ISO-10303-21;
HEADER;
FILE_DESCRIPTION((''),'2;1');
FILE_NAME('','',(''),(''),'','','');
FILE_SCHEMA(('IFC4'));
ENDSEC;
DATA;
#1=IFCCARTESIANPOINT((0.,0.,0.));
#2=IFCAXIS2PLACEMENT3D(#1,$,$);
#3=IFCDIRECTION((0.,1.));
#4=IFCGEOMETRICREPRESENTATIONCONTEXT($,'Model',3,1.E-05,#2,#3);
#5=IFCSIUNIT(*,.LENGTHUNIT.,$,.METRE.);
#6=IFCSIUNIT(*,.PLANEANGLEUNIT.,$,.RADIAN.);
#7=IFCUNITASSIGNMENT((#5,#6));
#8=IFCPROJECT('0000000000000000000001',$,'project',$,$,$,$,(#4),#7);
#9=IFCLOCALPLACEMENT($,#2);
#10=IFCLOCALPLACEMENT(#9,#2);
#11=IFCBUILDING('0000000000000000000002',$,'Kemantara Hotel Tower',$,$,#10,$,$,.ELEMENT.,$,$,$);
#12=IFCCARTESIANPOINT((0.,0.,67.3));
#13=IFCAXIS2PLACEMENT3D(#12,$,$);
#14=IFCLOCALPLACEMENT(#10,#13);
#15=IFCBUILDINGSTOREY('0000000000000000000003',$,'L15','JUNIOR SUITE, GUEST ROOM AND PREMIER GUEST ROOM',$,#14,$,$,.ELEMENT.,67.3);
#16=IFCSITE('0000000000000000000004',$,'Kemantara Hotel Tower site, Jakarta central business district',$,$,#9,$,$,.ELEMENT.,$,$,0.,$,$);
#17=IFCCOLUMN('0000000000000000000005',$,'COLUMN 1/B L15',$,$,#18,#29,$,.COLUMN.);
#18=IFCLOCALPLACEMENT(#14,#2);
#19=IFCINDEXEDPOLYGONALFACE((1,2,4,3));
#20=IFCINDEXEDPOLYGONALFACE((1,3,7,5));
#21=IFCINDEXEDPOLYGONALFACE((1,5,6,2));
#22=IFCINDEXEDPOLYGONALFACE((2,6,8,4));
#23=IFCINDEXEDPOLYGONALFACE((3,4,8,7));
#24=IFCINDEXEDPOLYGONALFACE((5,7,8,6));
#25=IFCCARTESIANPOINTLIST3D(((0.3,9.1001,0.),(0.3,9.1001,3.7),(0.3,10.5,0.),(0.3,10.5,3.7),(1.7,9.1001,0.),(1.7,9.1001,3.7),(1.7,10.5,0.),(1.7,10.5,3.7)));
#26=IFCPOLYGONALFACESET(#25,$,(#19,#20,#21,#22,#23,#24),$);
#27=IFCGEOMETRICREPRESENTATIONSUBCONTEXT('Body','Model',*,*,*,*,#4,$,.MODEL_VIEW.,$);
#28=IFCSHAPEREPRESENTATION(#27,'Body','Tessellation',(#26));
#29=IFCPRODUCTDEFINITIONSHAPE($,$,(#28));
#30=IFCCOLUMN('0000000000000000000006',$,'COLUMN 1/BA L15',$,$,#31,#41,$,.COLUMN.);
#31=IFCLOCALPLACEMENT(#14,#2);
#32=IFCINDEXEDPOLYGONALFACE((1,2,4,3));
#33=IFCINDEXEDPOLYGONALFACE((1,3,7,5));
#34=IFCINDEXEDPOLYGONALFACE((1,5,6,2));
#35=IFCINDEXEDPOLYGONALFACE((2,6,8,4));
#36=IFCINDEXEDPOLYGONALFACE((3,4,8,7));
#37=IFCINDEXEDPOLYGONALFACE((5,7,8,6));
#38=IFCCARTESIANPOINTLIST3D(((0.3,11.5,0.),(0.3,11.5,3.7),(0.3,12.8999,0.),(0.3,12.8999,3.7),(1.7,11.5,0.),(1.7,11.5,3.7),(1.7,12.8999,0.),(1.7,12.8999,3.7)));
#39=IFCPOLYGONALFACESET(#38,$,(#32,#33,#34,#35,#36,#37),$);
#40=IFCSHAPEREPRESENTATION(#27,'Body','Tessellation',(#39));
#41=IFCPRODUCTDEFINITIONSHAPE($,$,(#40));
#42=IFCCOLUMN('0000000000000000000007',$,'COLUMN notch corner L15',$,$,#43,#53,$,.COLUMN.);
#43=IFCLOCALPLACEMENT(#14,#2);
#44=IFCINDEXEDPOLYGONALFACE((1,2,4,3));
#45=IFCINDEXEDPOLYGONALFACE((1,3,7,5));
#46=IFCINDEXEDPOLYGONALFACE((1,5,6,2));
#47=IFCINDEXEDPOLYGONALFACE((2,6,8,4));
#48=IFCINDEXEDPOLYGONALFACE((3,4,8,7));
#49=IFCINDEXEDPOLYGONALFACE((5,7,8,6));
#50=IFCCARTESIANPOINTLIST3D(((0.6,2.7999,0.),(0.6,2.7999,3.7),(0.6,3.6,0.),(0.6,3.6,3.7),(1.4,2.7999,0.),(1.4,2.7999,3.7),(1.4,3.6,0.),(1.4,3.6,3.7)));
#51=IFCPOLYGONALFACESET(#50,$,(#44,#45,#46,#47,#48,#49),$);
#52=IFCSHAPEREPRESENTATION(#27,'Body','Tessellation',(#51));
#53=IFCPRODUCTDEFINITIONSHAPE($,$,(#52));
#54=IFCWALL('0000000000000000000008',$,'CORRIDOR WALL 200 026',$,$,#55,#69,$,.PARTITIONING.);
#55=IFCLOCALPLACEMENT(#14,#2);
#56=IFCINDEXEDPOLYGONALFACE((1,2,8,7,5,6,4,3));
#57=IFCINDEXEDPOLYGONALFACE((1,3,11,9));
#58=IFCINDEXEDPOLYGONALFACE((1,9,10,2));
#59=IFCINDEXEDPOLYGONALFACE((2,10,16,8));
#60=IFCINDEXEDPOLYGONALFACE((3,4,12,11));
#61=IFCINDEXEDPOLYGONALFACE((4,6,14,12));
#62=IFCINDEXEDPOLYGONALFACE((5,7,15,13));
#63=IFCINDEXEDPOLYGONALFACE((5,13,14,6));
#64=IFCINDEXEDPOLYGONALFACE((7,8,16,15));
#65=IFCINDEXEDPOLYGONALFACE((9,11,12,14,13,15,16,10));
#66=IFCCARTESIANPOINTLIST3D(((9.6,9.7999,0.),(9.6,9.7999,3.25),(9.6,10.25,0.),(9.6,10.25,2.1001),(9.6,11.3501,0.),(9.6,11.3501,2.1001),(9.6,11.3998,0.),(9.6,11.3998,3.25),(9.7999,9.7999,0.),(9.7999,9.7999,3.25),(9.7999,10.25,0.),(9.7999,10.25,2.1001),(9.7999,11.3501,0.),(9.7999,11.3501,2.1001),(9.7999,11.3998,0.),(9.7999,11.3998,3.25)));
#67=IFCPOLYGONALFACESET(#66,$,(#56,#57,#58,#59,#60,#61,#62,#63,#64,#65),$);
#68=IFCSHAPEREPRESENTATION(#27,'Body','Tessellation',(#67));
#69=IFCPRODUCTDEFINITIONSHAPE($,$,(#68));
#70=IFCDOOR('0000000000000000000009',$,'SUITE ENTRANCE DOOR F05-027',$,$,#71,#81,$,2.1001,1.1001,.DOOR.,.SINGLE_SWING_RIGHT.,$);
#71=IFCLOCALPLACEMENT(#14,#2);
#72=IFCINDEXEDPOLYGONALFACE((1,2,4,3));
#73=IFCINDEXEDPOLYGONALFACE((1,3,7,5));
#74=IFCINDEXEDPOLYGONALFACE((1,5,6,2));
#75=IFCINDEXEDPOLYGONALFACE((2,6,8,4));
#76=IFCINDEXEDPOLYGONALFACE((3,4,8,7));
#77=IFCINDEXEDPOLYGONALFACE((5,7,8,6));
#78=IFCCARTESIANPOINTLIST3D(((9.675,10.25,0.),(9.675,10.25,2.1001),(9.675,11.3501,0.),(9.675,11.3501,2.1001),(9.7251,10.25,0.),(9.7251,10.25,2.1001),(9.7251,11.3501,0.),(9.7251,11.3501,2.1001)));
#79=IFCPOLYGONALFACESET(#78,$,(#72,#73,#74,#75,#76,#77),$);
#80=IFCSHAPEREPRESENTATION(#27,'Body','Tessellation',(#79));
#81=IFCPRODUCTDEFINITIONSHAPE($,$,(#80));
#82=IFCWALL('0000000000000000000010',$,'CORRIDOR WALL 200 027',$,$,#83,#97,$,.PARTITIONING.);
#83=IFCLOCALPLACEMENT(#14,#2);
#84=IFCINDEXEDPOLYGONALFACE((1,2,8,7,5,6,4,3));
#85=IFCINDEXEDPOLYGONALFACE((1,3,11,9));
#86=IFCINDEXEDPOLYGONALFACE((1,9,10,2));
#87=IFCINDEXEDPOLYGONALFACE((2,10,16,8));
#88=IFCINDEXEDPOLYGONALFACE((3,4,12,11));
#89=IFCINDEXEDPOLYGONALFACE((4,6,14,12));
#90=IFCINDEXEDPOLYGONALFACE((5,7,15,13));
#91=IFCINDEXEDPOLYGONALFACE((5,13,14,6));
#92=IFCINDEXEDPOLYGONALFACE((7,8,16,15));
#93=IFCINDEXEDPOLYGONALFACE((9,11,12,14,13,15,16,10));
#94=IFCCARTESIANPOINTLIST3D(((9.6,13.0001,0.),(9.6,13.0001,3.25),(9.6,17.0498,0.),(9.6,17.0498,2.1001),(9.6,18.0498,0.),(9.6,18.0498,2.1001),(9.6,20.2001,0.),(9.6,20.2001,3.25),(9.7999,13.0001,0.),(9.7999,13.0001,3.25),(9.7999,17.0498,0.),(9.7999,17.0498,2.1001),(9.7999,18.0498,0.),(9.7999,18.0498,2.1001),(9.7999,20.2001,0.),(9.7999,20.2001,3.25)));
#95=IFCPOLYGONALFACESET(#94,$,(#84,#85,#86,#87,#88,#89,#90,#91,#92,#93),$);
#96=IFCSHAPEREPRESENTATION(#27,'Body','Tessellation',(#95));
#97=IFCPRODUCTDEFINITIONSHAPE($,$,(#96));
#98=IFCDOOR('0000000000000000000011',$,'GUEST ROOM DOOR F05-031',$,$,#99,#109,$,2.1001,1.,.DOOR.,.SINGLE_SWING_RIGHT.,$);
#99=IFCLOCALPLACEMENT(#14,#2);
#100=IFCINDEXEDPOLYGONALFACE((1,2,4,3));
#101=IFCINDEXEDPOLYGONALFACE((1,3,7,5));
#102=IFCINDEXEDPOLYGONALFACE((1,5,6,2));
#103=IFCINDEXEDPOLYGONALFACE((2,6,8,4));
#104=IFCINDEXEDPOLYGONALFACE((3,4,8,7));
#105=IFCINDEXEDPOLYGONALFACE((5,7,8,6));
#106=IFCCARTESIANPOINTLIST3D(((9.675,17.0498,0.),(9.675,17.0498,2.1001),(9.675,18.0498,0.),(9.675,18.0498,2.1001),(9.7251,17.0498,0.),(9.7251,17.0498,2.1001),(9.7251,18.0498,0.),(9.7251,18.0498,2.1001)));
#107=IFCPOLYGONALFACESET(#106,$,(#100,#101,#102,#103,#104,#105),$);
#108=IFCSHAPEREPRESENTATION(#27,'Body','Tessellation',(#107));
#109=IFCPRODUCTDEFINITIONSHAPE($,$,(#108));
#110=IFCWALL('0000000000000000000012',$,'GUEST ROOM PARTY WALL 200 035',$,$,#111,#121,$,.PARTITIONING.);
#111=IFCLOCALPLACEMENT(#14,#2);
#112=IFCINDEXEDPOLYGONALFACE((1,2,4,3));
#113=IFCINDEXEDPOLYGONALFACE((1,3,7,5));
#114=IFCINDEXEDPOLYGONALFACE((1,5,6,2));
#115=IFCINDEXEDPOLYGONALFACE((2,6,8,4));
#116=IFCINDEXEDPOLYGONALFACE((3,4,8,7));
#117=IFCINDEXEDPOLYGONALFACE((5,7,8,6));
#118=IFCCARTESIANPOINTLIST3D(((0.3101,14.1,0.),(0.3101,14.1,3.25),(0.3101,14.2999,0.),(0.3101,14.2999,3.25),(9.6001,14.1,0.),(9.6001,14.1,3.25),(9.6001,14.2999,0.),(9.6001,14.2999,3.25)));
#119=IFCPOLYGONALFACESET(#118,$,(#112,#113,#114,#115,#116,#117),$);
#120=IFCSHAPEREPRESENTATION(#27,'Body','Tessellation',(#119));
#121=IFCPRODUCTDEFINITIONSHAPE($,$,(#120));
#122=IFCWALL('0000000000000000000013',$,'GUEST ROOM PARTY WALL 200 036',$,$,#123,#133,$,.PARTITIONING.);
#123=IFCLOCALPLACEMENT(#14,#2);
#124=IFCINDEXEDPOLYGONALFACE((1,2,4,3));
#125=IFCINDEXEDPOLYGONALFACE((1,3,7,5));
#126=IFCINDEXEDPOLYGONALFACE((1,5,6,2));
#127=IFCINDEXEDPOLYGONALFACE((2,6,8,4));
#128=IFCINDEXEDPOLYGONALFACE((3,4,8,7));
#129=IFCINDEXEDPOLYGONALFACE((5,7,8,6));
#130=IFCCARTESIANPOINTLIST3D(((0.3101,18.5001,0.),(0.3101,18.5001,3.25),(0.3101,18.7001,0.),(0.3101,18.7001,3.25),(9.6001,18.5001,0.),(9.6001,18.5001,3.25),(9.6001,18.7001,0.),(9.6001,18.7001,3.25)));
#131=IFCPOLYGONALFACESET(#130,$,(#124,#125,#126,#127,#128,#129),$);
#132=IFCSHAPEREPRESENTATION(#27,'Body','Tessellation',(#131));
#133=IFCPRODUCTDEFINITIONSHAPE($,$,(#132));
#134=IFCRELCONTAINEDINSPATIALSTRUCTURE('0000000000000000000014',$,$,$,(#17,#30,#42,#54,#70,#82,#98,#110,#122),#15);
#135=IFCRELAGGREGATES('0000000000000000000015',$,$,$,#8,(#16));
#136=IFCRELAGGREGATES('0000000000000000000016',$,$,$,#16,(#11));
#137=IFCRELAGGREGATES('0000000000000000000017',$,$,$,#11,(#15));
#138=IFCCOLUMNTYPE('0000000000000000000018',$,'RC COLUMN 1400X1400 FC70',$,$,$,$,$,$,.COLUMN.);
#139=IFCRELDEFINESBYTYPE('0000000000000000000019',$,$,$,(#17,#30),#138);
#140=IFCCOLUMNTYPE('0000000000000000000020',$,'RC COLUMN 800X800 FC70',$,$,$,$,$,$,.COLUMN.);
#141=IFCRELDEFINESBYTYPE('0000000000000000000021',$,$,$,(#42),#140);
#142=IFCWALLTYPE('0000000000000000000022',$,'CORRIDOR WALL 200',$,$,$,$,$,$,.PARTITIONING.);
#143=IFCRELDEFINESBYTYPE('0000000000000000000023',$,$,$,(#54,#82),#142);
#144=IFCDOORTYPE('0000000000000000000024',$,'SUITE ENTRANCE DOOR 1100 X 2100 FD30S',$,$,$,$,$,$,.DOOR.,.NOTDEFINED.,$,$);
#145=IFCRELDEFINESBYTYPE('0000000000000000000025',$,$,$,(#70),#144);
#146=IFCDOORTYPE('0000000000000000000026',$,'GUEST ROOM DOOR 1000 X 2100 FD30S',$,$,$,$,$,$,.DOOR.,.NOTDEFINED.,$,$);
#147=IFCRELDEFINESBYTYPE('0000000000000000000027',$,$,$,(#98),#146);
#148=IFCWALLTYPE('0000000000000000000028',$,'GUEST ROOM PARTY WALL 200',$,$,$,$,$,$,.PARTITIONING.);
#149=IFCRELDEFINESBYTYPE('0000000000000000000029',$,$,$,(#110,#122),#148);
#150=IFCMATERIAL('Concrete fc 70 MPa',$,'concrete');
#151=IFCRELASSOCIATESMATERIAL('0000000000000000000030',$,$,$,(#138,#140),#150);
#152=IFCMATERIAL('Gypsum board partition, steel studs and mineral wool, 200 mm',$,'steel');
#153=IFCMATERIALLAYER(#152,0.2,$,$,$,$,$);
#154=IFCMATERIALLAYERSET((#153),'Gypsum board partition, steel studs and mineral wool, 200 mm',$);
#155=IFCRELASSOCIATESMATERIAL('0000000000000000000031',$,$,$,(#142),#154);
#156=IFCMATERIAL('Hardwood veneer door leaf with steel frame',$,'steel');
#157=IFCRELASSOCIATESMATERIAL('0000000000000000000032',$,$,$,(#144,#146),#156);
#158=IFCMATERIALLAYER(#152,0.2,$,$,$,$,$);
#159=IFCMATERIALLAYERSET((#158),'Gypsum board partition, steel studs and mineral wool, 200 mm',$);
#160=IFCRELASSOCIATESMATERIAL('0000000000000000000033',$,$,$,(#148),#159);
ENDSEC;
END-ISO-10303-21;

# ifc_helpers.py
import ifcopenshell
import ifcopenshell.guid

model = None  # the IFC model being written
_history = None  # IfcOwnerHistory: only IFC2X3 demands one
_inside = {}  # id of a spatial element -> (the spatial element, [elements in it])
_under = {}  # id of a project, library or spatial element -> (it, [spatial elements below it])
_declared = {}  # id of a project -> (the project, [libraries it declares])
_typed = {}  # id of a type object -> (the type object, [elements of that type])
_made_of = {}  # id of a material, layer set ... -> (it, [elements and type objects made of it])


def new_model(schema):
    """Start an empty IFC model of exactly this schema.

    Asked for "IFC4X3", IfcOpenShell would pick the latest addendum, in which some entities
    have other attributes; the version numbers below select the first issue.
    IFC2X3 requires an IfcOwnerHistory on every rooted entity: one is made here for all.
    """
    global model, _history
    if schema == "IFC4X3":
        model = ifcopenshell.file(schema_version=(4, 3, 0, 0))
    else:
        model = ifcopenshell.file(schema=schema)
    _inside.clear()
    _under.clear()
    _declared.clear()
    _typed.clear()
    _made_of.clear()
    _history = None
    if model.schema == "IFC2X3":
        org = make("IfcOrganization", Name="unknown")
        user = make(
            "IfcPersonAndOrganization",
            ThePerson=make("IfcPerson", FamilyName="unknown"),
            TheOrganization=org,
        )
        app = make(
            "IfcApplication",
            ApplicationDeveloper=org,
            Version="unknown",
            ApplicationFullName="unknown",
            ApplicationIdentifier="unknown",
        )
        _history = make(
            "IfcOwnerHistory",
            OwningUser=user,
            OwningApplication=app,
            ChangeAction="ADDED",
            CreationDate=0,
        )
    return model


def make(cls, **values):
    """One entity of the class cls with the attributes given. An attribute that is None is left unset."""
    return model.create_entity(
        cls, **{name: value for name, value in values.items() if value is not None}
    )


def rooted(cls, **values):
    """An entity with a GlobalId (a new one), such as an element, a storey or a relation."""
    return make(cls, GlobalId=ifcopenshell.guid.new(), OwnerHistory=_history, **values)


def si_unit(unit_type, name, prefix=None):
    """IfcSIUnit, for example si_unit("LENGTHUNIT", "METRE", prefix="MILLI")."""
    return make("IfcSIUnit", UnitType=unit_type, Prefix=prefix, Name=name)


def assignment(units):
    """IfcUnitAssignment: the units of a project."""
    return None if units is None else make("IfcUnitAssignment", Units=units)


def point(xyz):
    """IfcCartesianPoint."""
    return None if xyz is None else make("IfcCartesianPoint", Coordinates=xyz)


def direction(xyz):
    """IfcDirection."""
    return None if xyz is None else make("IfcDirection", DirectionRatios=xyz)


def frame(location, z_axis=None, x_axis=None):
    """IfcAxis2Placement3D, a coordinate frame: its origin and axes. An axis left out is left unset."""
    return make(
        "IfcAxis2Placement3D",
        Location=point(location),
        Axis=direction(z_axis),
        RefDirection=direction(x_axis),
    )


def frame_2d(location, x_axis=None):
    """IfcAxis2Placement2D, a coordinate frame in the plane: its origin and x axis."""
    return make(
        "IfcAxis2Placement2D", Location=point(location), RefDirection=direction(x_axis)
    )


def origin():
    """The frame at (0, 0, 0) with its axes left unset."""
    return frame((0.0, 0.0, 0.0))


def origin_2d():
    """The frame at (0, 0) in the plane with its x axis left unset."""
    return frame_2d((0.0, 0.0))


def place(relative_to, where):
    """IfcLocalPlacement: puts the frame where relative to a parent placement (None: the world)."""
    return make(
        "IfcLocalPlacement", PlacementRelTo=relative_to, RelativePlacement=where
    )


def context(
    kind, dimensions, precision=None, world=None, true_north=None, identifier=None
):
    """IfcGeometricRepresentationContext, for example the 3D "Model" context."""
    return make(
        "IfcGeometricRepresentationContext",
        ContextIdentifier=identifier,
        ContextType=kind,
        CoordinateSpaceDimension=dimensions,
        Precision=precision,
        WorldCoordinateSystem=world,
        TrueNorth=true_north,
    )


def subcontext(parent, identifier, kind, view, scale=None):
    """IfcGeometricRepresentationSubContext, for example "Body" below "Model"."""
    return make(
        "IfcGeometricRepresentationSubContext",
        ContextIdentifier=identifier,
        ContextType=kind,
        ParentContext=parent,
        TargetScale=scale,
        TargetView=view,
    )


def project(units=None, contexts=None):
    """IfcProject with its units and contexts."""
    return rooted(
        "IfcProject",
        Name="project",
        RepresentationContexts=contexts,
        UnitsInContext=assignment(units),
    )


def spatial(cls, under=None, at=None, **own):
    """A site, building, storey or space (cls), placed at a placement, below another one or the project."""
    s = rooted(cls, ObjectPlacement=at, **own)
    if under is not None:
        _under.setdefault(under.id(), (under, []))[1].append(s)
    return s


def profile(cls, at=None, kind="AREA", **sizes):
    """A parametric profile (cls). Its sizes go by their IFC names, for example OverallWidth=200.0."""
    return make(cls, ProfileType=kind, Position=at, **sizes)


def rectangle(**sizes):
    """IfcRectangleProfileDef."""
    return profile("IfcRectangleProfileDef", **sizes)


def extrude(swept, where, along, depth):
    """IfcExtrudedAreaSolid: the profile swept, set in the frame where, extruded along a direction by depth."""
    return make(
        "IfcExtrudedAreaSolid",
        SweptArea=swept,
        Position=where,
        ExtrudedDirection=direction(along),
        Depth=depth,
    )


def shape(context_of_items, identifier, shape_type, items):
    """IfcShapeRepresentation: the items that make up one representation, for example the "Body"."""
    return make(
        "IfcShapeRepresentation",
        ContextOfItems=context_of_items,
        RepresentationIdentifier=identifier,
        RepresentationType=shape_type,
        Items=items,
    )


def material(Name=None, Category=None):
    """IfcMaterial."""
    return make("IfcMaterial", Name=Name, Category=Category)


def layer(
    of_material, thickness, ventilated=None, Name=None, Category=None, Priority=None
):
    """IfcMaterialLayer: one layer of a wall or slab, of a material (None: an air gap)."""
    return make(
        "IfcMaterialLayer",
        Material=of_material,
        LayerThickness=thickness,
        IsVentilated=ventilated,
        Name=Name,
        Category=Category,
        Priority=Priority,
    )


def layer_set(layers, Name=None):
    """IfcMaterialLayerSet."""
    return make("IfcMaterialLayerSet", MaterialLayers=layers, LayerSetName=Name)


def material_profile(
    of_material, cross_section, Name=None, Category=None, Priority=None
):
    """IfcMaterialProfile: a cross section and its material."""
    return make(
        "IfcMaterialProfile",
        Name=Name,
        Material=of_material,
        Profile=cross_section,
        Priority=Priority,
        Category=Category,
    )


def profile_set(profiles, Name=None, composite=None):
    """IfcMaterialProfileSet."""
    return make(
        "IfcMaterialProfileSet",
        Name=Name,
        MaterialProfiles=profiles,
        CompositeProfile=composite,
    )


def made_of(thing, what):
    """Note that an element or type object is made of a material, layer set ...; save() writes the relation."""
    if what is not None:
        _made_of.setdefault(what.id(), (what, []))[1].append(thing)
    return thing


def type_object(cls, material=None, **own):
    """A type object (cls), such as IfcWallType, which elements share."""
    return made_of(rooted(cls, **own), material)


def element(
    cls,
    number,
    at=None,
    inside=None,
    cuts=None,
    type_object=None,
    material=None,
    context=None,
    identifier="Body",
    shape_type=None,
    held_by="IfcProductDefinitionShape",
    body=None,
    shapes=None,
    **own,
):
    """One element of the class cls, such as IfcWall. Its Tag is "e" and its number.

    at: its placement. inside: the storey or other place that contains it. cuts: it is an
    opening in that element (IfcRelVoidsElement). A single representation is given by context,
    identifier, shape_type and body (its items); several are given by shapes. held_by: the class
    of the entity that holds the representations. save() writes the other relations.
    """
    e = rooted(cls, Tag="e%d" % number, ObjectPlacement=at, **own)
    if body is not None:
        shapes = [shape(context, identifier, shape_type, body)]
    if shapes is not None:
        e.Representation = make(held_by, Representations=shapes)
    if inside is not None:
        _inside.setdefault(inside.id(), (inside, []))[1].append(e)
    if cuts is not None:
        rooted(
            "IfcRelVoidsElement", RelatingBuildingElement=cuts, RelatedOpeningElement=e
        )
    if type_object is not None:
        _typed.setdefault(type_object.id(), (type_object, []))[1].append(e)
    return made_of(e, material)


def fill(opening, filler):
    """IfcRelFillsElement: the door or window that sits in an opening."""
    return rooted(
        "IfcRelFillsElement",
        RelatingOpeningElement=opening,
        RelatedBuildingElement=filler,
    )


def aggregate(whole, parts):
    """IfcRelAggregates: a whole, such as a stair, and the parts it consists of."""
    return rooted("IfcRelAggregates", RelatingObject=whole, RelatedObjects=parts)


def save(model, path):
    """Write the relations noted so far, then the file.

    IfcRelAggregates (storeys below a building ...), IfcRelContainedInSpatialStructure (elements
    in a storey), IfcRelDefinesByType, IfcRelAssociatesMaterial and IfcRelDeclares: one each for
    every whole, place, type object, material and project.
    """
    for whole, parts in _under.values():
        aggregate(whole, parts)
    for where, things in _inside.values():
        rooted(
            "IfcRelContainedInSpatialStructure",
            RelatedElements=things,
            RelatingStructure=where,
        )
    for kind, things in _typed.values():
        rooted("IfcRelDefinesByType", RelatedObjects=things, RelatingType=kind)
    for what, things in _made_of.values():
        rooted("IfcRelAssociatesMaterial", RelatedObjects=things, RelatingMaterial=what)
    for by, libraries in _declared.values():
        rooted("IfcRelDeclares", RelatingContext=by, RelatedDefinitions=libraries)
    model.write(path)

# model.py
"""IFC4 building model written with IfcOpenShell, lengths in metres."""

from ifc_helpers import new_model, si_unit, direction, frame, frame_2d, origin, origin_2d, place, context, subcontext, project, spatial, rectangle, extrude, material, layer, layer_set, material_profile, profile_set, type_object, element, fill, save


model = new_model("IFC4")

# Units and contexts
model_context = context("Model", 3, precision=1e-05, world=origin(), true_north=direction((0.0, 1.0)))
body_context = subcontext(model_context, "Body", "Model", "MODEL_VIEW")
ifc_project = project(units=[si_unit("LENGTHUNIT", "METRE"), si_unit("PLANEANGLEUNIT", "RADIAN")], contexts=[model_context])

# Site, building, storey
site_placement = place(None, origin())
site = spatial("IfcSite", under=ifc_project, at=site_placement, Name="Kemantara Hotel Tower site, Jakarta central business district", CompositionType="ELEMENT", RefElevation=0.0)
building_placement = place(site_placement, origin())
building = spatial("IfcBuilding", under=site, at=building_placement, Name="Kemantara Hotel Tower", CompositionType="ELEMENT")
storey_placement = place(building_placement, frame((0.0, 0.0, 67.3)))
storey = spatial("IfcBuildingStorey", under=building, at=storey_placement, Name="L15", Description="JUNIOR SUITE, GUEST ROOM AND PREMIER GUEST ROOM", CompositionType="ELEMENT", Elevation=67.3)

# Columns
ifc_material_1 = material(Name="Concrete fc 70 MPa", Category="concrete")
ifc_material_profile_1 = material_profile(ifc_material_1, rectangle(XDim=1.3999, YDim=1.3999, at=origin_2d()), Name="RC 1400X1400")
ifc_profile_set_1 = profile_set([ifc_material_profile_1], Name="Concrete fc 70 MPa")
column_type_1 = type_object("IfcColumnType", Name="RC COLUMN 1400X1400 FC70", PredefinedType="COLUMN", material=ifc_profile_set_1)
for number, where, z_axis, x_axis, name in (
    (1, (1.0, 9.8, 0.0), (0.0, 0.0, 1.0), (1.0, 0.0, 0.0), "COLUMN 1/B L15"),
    (2, (1.0, 12.2, 0.0), (0.0, 0.0, 1.0), (1.0, 0.0, 0.0), "COLUMN 1/BA L15"),
):
    element("IfcColumn", number, at=place(storey_placement, frame(where, z_axis=z_axis, x_axis=x_axis)), inside=storey, type_object=column_type_1, Name=name, PredefinedType="COLUMN", context=body_context, shape_type="SweptSolid", body=[
        extrude(rectangle(XDim=1.3999, YDim=1.3999, at=origin_2d()), origin(), (0.0, 0.0, 1.0), 3.7),
    ])
ifc_material_profile_2 = material_profile(ifc_material_1, rectangle(XDim=0.8, YDim=0.8, at=origin_2d()), Name="RC 800X800")
ifc_profile_set_2 = profile_set([ifc_material_profile_2], Name="Concrete fc 70 MPa")
column_type_2 = type_object("IfcColumnType", Name="RC COLUMN 800X800 FC70", PredefinedType="COLUMN", material=ifc_profile_set_2)
column_placement = place(storey_placement, frame((1.0, 3.2, 0.0), z_axis=(0.0, 0.0, 1.0), x_axis=(1.0, 0.0, 0.0)))
element("IfcColumn", 3, at=column_placement, inside=storey, type_object=column_type_2, Name="COLUMN notch corner L15", PredefinedType="COLUMN", context=body_context, shape_type="SweptSolid", body=[
    extrude(rectangle(XDim=0.8, YDim=0.8, at=origin_2d()), origin(), (0.0, 0.0, 1.0), 3.7),
])

# Walls, openings, doors
ifc_material_2 = material(Name="Gypsum board partition, steel studs and mineral wool, 200 mm", Category="steel")
ifc_layer_1 = layer(ifc_material_2, 0.2)
ifc_layer_set_1 = layer_set([ifc_layer_1], Name="Gypsum board partition, steel studs and mineral wool, 200 mm")
wall_type_1 = type_object("IfcWallType", Name="CORRIDOR WALL 200", PredefinedType="PARTITIONING", material=ifc_layer_set_1)
wall_1_placement = place(storey_placement, frame((9.7, 9.8, 0.0), z_axis=(0.0, 0.0, 1.0), x_axis=(0.0, 1.0, 0.0)))
wall_1 = element("IfcWall", 4, at=wall_1_placement, inside=storey, type_object=wall_type_1, Name="CORRIDOR WALL 200 026", PredefinedType="PARTITIONING", context=body_context, shape_type="SweptSolid", body=[
    extrude(rectangle(XDim=1.5999, YDim=0.2, at=frame_2d((0.7998, 0.0))), origin(), (0.0, 0.0, 1.0), 3.25),
])
opening_1_placement = place(wall_1_placement, frame((0.45, 0.0, 0.0)))
opening_1 = element("IfcOpeningElement", 5, at=opening_1_placement, cuts=wall_1, PredefinedType="OPENING", context=body_context, shape_type="SweptSolid", body=[
    extrude(rectangle(XDim=1.1001, YDim=2.1001, at=frame_2d((0.55, 1.05))), frame((0.0, 0.1099, 0.0), z_axis=(0.0, -1.0, 0.0), x_axis=(1.0, 0.0, 0.0)), (0.0, 0.0, 1.0), 0.22),
])
ifc_material_3 = material(Name="Hardwood veneer door leaf with steel frame", Category="steel")
door_type_1 = type_object("IfcDoorType", Name="SUITE ENTRANCE DOOR 1100 X 2100 FD30S", OperationType="NOTDEFINED", PredefinedType="DOOR", material=ifc_material_3)
door_1_placement = place(opening_1_placement, origin())
door_1 = element("IfcDoor", 6, at=door_1_placement, inside=storey, type_object=door_type_1, Name="SUITE ENTRANCE DOOR F05-027", OperationType="SINGLE_SWING_RIGHT", OverallHeight=2.1001, OverallWidth=1.1001, PredefinedType="DOOR", context=body_context, shape_type="SweptSolid", body=[
    extrude(rectangle(XDim=1.1001, YDim=2.1001, at=frame_2d((0.55, 1.05))), frame((0.0, 0.0249, 0.0), z_axis=(0.0, -1.0, 0.0), x_axis=(1.0, 0.0, 0.0)), (0.0, 0.0, 1.0), 0.05),
])
fill(opening_1, door_1)
wall_2_placement = place(storey_placement, frame((9.7, 13.0, 0.0), z_axis=(0.0, 0.0, 1.0), x_axis=(0.0, 1.0, 0.0)))
wall_2 = element("IfcWall", 7, at=wall_2_placement, inside=storey, type_object=wall_type_1, Name="CORRIDOR WALL 200 027", PredefinedType="PARTITIONING", context=body_context, shape_type="SweptSolid", body=[
    extrude(rectangle(XDim=7.2, YDim=0.2, at=frame_2d((3.6001, 0.0))), origin(), (0.0, 0.0, 1.0), 3.25),
])
opening_2_placement = place(wall_2_placement, frame((4.0498, 0.0, 0.0)))
opening_2 = element("IfcOpeningElement", 8, at=opening_2_placement, cuts=wall_2, PredefinedType="OPENING", context=body_context, shape_type="SweptSolid", body=[
    extrude(rectangle(XDim=1.0, YDim=2.1001, at=frame_2d((0.5, 1.05))), frame((0.0, 0.1099, 0.0), z_axis=(0.0, -1.0, 0.0), x_axis=(1.0, 0.0, 0.0)), (0.0, 0.0, 1.0), 0.22),
])
door_type_2 = type_object("IfcDoorType", Name="GUEST ROOM DOOR 1000 X 2100 FD30S", OperationType="NOTDEFINED", PredefinedType="DOOR", material=ifc_material_3)
door_2_placement = place(opening_2_placement, origin())
door_2 = element("IfcDoor", 9, at=door_2_placement, inside=storey, type_object=door_type_2, Name="GUEST ROOM DOOR F05-031", OperationType="SINGLE_SWING_RIGHT", OverallHeight=2.1001, OverallWidth=1.0, PredefinedType="DOOR", context=body_context, shape_type="SweptSolid", body=[
    extrude(rectangle(XDim=1.0, YDim=2.1001, at=frame_2d((0.5, 1.05))), frame((0.0, 0.0249, 0.0), z_axis=(0.0, -1.0, 0.0), x_axis=(1.0, 0.0, 0.0)), (0.0, 0.0, 1.0), 0.05),
])
fill(opening_2, door_2)

# Walls
ifc_layer_2 = layer(ifc_material_2, 0.2)
ifc_layer_set_2 = layer_set([ifc_layer_2], Name="Gypsum board partition, steel studs and mineral wool, 200 mm")
wall_type_2 = type_object("IfcWallType", Name="GUEST ROOM PARTY WALL 200", PredefinedType="PARTITIONING", material=ifc_layer_set_2)
for number, where, z_axis, x_axis, name in (
    (10, (0.3101, 14.2, 0.0), (0.0, 0.0, 1.0), (1.0, 0.0, 0.0), "GUEST ROOM PARTY WALL 200 035"),
    (11, (0.3101, 18.6001, 0.0), (0.0, 0.0, 1.0), (1.0, 0.0, 0.0), "GUEST ROOM PARTY WALL 200 036"),
):
    element("IfcWall", number, at=place(storey_placement, frame(where, z_axis=z_axis, x_axis=x_axis)), inside=storey, type_object=wall_type_2, Name=name, PredefinedType="PARTITIONING", context=body_context, shape_type="SweptSolid", body=[
        extrude(rectangle(XDim=9.29, YDim=0.2, at=frame_2d((4.645, 0.0))), origin(), (0.0, 0.0, 1.0), 3.25),
    ])

save(model, "model.ifc")
